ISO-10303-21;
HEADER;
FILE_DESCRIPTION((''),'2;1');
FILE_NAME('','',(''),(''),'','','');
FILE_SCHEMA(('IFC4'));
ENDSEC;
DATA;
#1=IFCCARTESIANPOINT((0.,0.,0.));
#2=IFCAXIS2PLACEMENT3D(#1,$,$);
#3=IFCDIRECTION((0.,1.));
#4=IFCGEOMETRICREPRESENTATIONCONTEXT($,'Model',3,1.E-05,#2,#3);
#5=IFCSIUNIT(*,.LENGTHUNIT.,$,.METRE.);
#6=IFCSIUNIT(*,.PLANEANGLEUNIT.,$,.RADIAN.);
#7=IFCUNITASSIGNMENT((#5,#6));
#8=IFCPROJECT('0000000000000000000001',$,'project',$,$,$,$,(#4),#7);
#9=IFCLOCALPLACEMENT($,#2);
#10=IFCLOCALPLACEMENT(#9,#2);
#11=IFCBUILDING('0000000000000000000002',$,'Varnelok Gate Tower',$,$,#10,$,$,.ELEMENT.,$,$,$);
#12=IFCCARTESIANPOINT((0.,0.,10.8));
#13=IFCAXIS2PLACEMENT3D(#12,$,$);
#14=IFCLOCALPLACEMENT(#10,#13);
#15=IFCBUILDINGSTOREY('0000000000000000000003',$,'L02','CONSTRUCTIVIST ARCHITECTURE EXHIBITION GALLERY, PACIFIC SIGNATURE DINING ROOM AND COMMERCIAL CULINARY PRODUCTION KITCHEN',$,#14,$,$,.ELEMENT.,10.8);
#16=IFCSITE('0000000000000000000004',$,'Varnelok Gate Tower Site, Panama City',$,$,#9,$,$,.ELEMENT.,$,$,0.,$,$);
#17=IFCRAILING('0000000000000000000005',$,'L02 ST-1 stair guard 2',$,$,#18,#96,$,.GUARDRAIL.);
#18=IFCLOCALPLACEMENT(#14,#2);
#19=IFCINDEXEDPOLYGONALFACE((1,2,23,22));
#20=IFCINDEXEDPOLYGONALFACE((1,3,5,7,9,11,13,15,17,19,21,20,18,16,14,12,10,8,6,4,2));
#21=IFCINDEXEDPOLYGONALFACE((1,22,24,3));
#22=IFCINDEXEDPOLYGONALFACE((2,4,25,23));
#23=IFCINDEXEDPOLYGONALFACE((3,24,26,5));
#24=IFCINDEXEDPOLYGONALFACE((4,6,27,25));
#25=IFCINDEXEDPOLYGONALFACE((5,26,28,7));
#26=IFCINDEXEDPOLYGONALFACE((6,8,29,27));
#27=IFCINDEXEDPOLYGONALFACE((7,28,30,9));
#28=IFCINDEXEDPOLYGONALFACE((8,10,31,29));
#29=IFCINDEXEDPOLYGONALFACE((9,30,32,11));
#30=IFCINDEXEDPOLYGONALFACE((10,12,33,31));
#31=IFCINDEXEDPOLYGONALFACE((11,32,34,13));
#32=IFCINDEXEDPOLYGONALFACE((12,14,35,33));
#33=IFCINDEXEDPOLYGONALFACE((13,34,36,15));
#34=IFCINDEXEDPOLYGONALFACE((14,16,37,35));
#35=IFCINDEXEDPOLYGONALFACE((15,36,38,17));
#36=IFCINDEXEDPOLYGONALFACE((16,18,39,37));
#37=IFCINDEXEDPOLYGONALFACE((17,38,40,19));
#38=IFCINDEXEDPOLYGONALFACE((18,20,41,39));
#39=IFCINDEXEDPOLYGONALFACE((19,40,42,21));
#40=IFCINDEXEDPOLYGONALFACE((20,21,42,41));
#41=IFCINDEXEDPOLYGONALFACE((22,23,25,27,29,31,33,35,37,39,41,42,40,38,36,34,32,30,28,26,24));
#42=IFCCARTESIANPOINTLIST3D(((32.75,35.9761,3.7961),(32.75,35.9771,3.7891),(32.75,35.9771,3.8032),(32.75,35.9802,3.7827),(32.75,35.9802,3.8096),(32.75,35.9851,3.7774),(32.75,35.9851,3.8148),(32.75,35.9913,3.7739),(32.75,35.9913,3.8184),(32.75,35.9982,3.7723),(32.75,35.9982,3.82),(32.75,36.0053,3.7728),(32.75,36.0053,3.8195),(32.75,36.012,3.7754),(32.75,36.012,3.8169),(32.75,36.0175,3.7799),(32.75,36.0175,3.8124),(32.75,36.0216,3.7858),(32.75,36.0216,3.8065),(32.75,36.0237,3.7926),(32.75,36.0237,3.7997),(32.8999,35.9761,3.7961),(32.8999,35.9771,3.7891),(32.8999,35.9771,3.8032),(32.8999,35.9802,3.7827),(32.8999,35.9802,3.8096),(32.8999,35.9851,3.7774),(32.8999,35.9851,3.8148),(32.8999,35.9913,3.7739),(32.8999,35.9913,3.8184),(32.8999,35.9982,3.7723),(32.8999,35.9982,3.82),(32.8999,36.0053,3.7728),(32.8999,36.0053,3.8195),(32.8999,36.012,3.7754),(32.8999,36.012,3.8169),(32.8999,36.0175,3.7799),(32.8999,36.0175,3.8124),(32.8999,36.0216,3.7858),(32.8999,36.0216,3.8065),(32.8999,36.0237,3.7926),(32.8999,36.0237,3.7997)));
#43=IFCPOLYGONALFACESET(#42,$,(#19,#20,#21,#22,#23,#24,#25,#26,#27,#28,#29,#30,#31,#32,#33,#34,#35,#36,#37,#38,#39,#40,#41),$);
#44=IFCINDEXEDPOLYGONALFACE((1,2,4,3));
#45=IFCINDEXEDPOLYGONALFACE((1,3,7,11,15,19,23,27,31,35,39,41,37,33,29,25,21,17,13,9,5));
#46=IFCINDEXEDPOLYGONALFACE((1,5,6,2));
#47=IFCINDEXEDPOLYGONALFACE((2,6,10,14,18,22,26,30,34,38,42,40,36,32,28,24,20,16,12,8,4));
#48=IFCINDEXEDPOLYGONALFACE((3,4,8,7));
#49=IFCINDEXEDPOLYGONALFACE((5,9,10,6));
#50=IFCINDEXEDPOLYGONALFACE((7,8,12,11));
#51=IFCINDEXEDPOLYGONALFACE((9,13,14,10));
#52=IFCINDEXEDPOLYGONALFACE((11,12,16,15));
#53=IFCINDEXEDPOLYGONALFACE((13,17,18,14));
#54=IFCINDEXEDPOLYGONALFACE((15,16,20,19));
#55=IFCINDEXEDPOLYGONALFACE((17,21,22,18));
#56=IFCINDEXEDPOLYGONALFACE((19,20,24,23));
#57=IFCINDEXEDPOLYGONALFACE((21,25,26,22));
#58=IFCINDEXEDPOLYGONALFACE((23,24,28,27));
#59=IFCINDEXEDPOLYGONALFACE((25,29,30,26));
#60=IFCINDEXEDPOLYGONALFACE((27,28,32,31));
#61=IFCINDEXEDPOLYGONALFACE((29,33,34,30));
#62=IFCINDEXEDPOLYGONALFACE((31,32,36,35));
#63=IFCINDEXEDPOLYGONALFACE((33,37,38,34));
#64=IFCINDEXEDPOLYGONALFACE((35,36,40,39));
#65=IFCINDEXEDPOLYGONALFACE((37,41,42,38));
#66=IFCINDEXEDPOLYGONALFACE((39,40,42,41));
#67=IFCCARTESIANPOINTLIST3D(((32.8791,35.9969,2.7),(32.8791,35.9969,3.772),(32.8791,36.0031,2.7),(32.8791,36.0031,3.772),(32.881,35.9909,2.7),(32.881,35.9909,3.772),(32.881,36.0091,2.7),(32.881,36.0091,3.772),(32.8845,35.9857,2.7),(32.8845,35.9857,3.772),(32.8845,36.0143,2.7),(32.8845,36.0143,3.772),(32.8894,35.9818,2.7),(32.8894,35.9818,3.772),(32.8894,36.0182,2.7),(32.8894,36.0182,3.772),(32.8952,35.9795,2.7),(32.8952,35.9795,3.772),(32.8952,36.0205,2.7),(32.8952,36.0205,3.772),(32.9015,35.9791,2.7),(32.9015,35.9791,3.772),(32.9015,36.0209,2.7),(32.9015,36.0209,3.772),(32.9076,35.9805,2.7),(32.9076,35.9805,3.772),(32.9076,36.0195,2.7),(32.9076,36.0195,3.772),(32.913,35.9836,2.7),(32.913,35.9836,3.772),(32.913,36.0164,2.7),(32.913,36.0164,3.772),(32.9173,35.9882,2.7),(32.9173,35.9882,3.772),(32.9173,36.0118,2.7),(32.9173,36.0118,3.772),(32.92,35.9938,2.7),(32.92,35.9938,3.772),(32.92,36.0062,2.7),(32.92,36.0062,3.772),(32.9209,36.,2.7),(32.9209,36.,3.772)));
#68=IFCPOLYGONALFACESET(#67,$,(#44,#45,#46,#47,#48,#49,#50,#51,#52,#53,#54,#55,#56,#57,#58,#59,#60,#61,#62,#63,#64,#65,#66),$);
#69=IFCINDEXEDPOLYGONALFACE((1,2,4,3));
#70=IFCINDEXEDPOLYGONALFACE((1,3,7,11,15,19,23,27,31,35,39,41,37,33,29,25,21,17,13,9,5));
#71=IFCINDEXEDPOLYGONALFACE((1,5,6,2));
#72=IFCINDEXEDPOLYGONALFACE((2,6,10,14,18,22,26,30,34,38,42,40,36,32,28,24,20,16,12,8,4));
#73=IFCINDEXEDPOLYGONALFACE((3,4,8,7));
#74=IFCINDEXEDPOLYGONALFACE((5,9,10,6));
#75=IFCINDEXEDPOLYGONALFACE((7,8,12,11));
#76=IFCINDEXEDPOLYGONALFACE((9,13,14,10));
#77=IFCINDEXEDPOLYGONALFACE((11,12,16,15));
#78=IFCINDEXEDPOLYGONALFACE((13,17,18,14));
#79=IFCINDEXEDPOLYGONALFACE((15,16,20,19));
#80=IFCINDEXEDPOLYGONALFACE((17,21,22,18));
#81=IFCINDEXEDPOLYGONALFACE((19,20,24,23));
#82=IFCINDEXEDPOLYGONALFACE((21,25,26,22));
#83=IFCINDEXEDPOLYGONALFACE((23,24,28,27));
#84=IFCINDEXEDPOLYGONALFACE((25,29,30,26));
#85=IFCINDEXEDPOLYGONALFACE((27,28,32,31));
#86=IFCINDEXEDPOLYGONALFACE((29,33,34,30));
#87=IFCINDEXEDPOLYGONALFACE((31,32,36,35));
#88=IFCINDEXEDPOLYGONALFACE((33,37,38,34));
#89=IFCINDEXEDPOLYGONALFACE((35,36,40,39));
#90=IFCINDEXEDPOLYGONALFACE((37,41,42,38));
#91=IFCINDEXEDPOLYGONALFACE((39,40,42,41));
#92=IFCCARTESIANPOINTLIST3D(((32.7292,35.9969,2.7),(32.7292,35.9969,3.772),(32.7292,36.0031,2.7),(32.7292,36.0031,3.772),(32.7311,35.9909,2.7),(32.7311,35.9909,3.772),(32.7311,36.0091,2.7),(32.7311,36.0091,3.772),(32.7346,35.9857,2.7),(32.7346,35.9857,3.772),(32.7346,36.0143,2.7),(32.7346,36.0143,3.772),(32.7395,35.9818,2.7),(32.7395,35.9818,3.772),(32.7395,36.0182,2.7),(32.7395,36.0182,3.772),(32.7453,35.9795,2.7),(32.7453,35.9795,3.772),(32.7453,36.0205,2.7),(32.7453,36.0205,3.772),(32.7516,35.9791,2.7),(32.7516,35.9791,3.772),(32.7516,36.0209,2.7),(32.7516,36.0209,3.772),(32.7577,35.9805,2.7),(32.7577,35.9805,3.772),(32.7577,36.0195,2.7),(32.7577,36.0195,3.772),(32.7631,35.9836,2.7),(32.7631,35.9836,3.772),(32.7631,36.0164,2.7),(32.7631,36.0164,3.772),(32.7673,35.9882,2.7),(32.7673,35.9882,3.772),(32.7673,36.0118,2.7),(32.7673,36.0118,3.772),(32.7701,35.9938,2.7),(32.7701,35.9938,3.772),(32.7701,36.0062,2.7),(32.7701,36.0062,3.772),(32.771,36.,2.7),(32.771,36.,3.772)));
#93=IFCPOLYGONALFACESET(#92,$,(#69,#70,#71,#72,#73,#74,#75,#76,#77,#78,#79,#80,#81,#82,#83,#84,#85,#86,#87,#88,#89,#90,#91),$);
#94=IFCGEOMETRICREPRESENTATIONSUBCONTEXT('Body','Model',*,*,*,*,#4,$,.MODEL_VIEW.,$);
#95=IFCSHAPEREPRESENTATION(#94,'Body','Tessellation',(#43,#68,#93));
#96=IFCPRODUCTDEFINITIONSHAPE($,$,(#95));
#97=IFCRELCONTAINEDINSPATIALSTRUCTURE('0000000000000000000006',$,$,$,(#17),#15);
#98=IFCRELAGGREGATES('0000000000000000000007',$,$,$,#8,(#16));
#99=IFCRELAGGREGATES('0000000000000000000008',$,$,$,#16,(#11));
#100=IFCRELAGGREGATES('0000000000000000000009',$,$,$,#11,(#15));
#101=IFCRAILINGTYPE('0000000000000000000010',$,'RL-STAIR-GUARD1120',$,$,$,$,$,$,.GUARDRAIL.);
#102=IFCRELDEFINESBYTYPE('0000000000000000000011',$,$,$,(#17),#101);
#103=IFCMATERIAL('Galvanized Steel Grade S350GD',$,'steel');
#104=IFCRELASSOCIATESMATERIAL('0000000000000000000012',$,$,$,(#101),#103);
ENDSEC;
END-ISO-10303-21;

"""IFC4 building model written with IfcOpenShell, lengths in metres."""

from ifc_helpers import new_model, si_unit, direction, frame, origin, origin_2d, place, context, subcontext, project, spatial, circle, extrude, material, type_object, element, save


model = new_model("IFC4")

# Units and contexts
model_context = context("Model", 3, precision=1e-05, world=origin(), true_north=direction((0.0, 1.0)))
body_context = subcontext(model_context, "Body", "Model", "MODEL_VIEW")
ifc_project = project(units=[si_unit("LENGTHUNIT", "METRE"), si_unit("PLANEANGLEUNIT", "RADIAN")], contexts=[model_context])

# Site, building, storey
site_placement = place(None, origin())
site = spatial("IfcSite", under=ifc_project, at=site_placement, Name="Varnelok Gate Tower Site, Panama City", CompositionType="ELEMENT", RefElevation=0.0)
building_placement = place(site_placement, origin())
building = spatial("IfcBuilding", under=site, at=building_placement, Name="Varnelok Gate Tower", CompositionType="ELEMENT")
storey_placement = place(building_placement, frame((0.0, 0.0, 10.8)))
storey = spatial("IfcBuildingStorey", under=building, at=storey_placement, Name="L02", Description="CONSTRUCTIVIST ARCHITECTURE EXHIBITION GALLERY, PACIFIC SIGNATURE DINING ROOM AND COMMERCIAL CULINARY PRODUCTION KITCHEN", CompositionType="ELEMENT", Elevation=10.8)

# Shared definitions
ifc_material_1 = material(Name="Galvanized Steel Grade S350GD", Category="steel")

# Railing
railing_type_1 = type_object("IfcRailingType", Name="RL-STAIR-GUARD1120", PredefinedType="GUARDRAIL", material=ifc_material_1)
railing_1_placement = place(storey_placement, frame((32.8999, 36.0, 2.7)))
element("IfcRailing", 1, at=railing_1_placement, inside=storey, type_object=railing_type_1, Name="L02 ST-1 stair guard 2", PredefinedType="GUARDRAIL", context=body_context, shape_type="SweptSolid", body=[
    extrude(circle(Radius=0.0239, at=origin_2d()), frame((0.0, 0.0, 1.0962), z_axis=(-1.0, 0.0, 0.0), x_axis=(0.0, -1.0, 0.0)), (0.0, 0.0, 1.0), 0.1499),
    extrude(circle(Radius=0.021, at=origin_2d()), origin(), (0.0, 0.0, 1.0), 1.072),
    extrude(circle(Radius=0.021, at=origin_2d()), frame((-0.1499, 0.0, 0.0)), (0.0, 0.0, 1.0), 1.072),
])

save(model, "model.ifc")
